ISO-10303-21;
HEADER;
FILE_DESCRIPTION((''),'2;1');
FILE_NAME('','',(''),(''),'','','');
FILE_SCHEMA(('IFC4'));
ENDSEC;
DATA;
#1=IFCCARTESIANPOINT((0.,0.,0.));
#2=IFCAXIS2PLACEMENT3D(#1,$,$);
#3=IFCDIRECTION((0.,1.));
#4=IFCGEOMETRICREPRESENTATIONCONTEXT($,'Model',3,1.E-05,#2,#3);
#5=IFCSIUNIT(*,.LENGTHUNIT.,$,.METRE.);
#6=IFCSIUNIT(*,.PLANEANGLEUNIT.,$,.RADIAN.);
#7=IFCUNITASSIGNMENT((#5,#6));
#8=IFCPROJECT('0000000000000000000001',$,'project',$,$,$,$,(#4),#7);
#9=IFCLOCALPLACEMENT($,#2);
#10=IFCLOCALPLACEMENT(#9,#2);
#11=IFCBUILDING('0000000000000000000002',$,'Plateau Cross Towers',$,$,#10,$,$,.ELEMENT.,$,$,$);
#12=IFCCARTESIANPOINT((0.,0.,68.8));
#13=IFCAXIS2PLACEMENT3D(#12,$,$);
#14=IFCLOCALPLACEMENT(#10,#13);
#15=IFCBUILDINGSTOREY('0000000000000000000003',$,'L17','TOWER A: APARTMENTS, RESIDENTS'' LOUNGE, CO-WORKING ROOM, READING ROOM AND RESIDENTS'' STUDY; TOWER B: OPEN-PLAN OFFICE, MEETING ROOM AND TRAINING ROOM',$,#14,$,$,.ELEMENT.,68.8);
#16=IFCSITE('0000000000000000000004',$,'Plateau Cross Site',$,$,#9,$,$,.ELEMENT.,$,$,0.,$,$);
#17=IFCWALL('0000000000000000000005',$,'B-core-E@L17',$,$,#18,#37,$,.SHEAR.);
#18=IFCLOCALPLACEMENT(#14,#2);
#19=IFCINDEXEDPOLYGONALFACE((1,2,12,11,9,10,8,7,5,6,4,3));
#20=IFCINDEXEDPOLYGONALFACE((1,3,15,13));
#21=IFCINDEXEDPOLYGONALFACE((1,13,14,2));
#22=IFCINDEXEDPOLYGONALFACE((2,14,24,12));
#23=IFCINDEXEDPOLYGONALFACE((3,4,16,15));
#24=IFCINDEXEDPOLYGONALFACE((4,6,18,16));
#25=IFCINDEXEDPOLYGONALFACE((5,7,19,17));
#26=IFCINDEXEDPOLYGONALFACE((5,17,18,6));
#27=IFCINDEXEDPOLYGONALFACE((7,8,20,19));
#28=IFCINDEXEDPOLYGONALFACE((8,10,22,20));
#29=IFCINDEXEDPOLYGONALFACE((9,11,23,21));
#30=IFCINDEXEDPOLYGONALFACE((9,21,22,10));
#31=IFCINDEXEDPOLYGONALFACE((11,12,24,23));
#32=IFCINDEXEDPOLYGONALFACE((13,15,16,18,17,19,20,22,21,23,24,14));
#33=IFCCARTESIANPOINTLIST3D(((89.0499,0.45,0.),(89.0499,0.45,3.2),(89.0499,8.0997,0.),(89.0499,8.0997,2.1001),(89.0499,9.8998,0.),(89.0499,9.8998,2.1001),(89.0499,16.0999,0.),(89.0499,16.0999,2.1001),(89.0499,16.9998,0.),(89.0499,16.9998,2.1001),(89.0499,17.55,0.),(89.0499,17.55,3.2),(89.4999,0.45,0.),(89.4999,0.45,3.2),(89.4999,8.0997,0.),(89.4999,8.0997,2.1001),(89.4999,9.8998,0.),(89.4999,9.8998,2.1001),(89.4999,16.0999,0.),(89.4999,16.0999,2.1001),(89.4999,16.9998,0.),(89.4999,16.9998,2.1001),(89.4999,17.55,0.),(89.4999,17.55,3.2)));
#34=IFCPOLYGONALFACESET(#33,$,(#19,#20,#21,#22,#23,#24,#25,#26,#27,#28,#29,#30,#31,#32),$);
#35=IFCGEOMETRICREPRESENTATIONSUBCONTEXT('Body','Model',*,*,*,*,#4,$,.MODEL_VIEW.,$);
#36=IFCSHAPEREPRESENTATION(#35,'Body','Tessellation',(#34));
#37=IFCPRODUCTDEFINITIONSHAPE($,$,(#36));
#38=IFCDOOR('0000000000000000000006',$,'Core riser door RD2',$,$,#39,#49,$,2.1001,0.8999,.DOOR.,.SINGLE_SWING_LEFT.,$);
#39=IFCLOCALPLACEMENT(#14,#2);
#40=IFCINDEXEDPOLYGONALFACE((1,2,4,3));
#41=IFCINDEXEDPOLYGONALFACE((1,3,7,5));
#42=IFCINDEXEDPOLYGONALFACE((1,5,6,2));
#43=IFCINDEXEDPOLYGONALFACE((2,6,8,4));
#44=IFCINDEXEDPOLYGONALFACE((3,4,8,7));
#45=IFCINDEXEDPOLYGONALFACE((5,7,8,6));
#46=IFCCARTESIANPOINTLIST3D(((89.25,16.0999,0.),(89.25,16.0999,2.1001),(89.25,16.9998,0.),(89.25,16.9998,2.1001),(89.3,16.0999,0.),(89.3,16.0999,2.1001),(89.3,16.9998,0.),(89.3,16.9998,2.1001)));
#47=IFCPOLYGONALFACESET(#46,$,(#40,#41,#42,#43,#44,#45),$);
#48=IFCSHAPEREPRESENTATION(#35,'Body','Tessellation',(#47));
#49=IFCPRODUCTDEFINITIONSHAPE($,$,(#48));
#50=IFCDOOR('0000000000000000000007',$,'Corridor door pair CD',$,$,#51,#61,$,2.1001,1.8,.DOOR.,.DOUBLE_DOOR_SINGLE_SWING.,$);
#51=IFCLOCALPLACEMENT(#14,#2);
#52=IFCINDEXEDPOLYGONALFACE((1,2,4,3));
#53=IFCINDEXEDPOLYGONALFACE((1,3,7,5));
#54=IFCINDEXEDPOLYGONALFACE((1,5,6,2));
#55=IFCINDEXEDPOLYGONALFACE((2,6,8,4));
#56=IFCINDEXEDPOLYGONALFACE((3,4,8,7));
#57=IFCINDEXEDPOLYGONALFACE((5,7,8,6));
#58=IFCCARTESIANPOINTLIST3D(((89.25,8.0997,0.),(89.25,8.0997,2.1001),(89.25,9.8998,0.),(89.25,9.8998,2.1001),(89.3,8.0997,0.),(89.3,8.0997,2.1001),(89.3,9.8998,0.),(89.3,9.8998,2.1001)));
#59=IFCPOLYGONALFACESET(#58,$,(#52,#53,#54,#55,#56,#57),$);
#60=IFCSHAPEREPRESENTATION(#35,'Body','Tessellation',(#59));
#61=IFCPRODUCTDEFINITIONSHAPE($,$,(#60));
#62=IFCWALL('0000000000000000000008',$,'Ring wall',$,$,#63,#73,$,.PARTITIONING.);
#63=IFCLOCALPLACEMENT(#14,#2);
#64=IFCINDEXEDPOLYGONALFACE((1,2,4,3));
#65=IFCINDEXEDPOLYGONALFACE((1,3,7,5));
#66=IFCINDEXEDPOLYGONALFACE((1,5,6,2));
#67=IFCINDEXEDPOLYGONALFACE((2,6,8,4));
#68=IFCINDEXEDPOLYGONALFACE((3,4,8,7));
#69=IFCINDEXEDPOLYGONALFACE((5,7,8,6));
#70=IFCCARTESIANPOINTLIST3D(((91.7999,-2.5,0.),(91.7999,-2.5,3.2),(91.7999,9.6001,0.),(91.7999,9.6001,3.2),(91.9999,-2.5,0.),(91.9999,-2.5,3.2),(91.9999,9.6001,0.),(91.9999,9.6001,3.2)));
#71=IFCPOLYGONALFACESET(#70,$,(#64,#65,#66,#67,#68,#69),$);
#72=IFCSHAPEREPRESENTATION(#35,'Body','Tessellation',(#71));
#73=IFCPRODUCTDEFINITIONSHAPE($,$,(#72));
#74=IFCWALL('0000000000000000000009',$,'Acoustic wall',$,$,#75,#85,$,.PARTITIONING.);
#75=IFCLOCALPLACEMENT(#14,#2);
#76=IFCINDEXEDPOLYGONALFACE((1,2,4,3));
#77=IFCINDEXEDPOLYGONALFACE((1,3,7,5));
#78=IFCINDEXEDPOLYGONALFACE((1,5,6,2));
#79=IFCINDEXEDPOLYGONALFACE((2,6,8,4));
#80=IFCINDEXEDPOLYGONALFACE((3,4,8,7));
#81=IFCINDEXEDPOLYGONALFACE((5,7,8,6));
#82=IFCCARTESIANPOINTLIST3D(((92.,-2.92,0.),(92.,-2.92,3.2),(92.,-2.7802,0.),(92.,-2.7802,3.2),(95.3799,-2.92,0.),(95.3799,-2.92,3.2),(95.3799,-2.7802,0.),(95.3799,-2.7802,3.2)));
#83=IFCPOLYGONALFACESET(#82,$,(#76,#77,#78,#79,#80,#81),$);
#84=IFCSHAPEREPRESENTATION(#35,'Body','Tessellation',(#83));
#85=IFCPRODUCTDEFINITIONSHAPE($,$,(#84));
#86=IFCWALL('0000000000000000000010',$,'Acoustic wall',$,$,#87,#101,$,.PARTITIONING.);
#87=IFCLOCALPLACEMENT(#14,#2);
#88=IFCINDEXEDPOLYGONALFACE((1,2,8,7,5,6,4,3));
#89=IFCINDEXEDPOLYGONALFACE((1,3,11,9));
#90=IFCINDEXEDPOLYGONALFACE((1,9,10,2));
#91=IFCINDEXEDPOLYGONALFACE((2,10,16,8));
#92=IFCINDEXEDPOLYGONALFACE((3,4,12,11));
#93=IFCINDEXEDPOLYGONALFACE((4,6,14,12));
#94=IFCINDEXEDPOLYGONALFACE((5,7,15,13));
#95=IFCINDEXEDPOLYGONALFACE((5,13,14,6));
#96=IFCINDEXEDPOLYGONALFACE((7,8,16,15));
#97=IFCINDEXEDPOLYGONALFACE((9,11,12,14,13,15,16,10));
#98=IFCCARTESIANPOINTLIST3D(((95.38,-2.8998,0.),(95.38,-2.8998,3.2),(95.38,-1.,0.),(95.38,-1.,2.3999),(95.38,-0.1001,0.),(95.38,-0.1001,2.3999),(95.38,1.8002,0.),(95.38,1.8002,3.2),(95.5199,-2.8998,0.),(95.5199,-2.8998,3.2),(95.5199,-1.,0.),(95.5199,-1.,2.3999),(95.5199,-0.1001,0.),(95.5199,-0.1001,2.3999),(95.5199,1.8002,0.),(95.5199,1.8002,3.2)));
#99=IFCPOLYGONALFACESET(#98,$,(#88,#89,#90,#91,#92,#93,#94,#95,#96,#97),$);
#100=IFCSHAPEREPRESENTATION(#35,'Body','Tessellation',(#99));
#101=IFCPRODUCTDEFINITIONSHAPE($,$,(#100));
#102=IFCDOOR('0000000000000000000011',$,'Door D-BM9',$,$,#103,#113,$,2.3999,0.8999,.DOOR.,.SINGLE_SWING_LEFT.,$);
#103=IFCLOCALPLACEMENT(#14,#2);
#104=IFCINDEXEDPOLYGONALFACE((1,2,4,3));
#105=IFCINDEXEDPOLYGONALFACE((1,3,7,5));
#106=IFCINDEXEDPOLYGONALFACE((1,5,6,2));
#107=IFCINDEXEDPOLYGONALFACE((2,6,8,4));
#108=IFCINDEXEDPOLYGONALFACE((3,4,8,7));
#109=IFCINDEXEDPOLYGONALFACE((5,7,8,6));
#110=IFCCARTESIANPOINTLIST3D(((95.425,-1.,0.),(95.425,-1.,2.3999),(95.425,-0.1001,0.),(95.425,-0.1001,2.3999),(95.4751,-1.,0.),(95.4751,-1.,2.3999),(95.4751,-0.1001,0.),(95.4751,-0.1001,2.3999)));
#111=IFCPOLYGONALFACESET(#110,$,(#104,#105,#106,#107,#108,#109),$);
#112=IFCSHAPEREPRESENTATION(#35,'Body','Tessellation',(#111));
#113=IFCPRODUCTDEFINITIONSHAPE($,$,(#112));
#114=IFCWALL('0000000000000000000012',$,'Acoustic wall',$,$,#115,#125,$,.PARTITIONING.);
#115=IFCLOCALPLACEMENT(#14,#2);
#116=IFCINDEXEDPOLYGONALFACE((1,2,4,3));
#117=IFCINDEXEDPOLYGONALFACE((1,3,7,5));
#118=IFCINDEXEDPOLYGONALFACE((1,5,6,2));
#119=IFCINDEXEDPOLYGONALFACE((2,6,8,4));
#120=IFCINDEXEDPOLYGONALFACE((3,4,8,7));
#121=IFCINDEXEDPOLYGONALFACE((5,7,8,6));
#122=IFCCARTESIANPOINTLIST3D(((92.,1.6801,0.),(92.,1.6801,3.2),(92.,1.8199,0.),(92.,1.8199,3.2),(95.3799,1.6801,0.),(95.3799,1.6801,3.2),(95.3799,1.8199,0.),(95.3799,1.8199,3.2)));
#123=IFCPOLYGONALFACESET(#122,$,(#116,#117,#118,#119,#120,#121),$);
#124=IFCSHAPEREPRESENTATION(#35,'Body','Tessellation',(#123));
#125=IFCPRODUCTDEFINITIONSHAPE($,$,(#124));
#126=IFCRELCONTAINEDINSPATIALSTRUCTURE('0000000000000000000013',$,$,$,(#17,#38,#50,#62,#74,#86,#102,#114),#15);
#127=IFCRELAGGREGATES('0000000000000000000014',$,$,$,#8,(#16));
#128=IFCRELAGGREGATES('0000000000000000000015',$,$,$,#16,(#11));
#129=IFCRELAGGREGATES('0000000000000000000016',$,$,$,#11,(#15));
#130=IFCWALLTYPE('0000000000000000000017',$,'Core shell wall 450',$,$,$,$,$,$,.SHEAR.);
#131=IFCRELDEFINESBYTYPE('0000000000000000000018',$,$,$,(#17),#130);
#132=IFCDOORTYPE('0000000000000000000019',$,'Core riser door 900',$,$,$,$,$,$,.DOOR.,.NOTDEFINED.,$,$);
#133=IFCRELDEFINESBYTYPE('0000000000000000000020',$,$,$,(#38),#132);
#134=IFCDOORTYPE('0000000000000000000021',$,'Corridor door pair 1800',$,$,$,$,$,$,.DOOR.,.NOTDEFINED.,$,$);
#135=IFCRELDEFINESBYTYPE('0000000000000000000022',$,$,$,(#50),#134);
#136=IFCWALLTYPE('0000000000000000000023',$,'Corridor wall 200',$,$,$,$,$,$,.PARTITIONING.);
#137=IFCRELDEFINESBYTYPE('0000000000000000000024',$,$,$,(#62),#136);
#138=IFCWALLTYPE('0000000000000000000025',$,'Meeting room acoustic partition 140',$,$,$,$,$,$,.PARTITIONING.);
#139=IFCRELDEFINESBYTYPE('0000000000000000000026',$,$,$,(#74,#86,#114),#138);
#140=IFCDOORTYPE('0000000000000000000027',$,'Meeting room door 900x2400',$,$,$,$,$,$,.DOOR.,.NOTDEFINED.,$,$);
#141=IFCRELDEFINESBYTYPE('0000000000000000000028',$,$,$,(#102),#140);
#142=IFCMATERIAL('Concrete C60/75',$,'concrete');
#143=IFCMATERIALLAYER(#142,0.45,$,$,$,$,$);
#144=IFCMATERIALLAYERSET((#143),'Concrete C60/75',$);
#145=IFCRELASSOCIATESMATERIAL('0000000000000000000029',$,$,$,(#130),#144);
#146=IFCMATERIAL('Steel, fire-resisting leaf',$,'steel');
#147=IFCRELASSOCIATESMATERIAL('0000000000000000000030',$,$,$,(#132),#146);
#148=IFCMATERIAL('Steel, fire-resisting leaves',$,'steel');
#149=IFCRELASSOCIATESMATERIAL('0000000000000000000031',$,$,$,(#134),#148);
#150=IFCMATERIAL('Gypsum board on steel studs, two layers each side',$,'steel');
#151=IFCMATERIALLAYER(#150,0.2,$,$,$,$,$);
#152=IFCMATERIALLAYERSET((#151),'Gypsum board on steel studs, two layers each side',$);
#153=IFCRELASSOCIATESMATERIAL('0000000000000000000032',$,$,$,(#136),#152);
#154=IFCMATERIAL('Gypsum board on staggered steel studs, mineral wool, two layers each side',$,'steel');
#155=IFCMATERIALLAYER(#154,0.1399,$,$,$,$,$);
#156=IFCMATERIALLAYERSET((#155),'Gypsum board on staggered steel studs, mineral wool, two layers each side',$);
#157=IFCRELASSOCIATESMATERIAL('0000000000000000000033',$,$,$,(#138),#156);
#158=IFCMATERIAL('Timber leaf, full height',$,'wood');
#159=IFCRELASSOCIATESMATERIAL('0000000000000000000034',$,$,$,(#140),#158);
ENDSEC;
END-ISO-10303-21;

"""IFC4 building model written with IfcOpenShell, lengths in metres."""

from ifc_helpers import new_model, si_unit, direction, frame, frame_2d, origin, place, context, subcontext, project, spatial, rectangle, extrude, material, layer, layer_set, type_object, element, fill, save


model = new_model("IFC4")

# Units and contexts
model_context = context("Model", 3, precision=1e-05, world=origin(), true_north=direction((0.0, 1.0)))
body_context = subcontext(model_context, "Body", "Model", "MODEL_VIEW")
ifc_project = project(units=[si_unit("LENGTHUNIT", "METRE"), si_unit("PLANEANGLEUNIT", "RADIAN")], contexts=[model_context])

# Site, building, storey
site_placement = place(None, origin())
site = spatial("IfcSite", under=ifc_project, at=site_placement, Name="Plateau Cross Site", CompositionType="ELEMENT", RefElevation=0.0)
building_placement = place(site_placement, origin())
building = spatial("IfcBuilding", under=site, at=building_placement, Name="Plateau Cross Towers", CompositionType="ELEMENT")
storey_placement = place(building_placement, frame((0.0, 0.0, 68.8)))
storey = spatial("IfcBuildingStorey", under=building, at=storey_placement, Name="L17", Description="TOWER A: APARTMENTS, RESIDENTS' LOUNGE, CO-WORKING ROOM, READING ROOM AND RESIDENTS' STUDY; TOWER B: OPEN-PLAN OFFICE, MEETING ROOM AND TRAINING ROOM", CompositionType="ELEMENT", Elevation=68.8)

# Shared definitions
ifc_material_1 = material(Name="Concrete C60/75", Category="concrete")

# Shared definitions
ifc_material_2 = material(Name="Steel, fire-resisting leaf", Category="steel")

# Wall, openings, doors
ifc_layer_1 = layer(ifc_material_1, 0.45)
ifc_layer_set_1 = layer_set([ifc_layer_1], Name="Concrete C60/75")
wall_type_1 = type_object("IfcWallType", Name="Core shell wall 450", PredefinedType="SHEAR", material=ifc_layer_set_1)
wall_1_placement = place(storey_placement, frame((89.2749, 0.45, 0.0), z_axis=(0.0, 0.0, 1.0), x_axis=(0.0, 1.0, 0.0)))
wall_1 = element("IfcWall", 1, at=wall_1_placement, inside=storey, type_object=wall_type_1, Name="B-core-E@L17", PredefinedType="SHEAR", context=body_context, shape_type="SweptSolid", body=[
    extrude(rectangle(XDim=17.1001, YDim=0.45, at=frame_2d((8.55, 0.0))), origin(), (0.0, 0.0, 1.0), 3.2),
])
opening_1_placement = place(wall_1_placement, frame((7.6499, 0.0, 0.0)))
opening_1 = element("IfcOpeningElement", 2, at=opening_1_placement, cuts=wall_1, PredefinedType="OPENING", context=body_context, shape_type="SweptSolid", body=[
    extrude(rectangle(XDim=1.8, YDim=2.1001, at=frame_2d((0.8999, 1.05))), frame((0.0, 0.2349, 0.0), z_axis=(0.0, -1.0, 0.0), x_axis=(1.0, 0.0, 0.0)), (0.0, 0.0, 1.0), 0.47),
])
opening_2_placement = place(wall_1_placement, frame((15.6499, 0.0, 0.0)))
opening_2 = element("IfcOpeningElement", 3, at=opening_2_placement, cuts=wall_1, PredefinedType="OPENING", context=body_context, shape_type="SweptSolid", body=[
    extrude(rectangle(XDim=0.8999, YDim=2.1001, at=frame_2d((0.45, 1.05))), frame((0.0, 0.2349, 0.0), z_axis=(0.0, -1.0, 0.0), x_axis=(1.0, 0.0, 0.0)), (0.0, 0.0, 1.0), 0.47),
])
door_type_1 = type_object("IfcDoorType", Name="Core riser door 900", OperationType="NOTDEFINED", PredefinedType="DOOR", material=ifc_material_2)
door_1_placement = place(opening_2_placement, origin())
door_1 = element("IfcDoor", 4, at=door_1_placement, inside=storey, type_object=door_type_1, Name="Core riser door RD2", OperationType="SINGLE_SWING_LEFT", OverallHeight=2.1001, OverallWidth=0.8999, PredefinedType="DOOR", context=body_context, shape_type="SweptSolid", body=[
    extrude(rectangle(XDim=0.8999, YDim=2.1001, at=frame_2d((0.45, 1.05))), frame((0.0, 0.0249, 0.0), z_axis=(0.0, -1.0, 0.0), x_axis=(1.0, 0.0, 0.0)), (0.0, 0.0, 1.0), 0.05),
])
fill(opening_2, door_1)
ifc_material_3 = material(Name="Steel, fire-resisting leaves", Category="steel")
door_type_2 = type_object("IfcDoorType", Name="Corridor door pair 1800", OperationType="NOTDEFINED", PredefinedType="DOOR", material=ifc_material_3)
door_2_placement = place(opening_1_placement, origin())
door_2 = element("IfcDoor", 5, at=door_2_placement, inside=storey, type_object=door_type_2, Name="Corridor door pair CD", OperationType="DOUBLE_DOOR_SINGLE_SWING", OverallHeight=2.1001, OverallWidth=1.8, PredefinedType="DOOR", context=body_context, shape_type="SweptSolid", body=[
    extrude(rectangle(XDim=1.8, YDim=2.1001, at=frame_2d((0.8999, 1.05))), frame((0.0, 0.0249, 0.0), z_axis=(0.0, -1.0, 0.0), x_axis=(1.0, 0.0, 0.0)), (0.0, 0.0, 1.0), 0.05),
])
fill(opening_1, door_2)

# Wall
ifc_material_4 = material(Name="Gypsum board on steel studs, two layers each side", Category="steel")
ifc_layer_2 = layer(ifc_material_4, 0.2)
ifc_layer_set_2 = layer_set([ifc_layer_2], Name="Gypsum board on steel studs, two layers each side")
wall_type_2 = type_object("IfcWallType", Name="Corridor wall 200", PredefinedType="PARTITIONING", material=ifc_layer_set_2)
wall_2_placement = place(storey_placement, frame((91.8999, -2.5, 0.0), z_axis=(0.0, 0.0, 1.0), x_axis=(0.0, 1.0, 0.0)))
element("IfcWall", 6, at=wall_2_placement, inside=storey, type_object=wall_type_2, Name="Ring wall", PredefinedType="PARTITIONING", context=body_context, shape_type="SweptSolid", body=[
    extrude(rectangle(XDim=12.1001, YDim=0.2, at=frame_2d((6.05, 0.0))), origin(), (0.0, 0.0, 1.0), 3.2),
])

# Shared definitions
ifc_material_5 = material(Name="Gypsum board on staggered steel studs, mineral wool, two layers each side", Category="steel")
ifc_layer_3 = layer(ifc_material_5, 0.1399)
ifc_layer_set_3 = layer_set([ifc_layer_3], Name="Gypsum board on staggered steel studs, mineral wool, two layers each side")
wall_type_3 = type_object("IfcWallType", Name="Meeting room acoustic partition 140", PredefinedType="PARTITIONING", material=ifc_layer_set_3)
ifc_material_6 = material(Name="Timber leaf, full height", Category="wood")
door_type_3 = type_object("IfcDoorType", Name="Meeting room door 900x2400", OperationType="NOTDEFINED", PredefinedType="DOOR", material=ifc_material_6)

# Wall
wall_3_placement = place(storey_placement, frame((92.0, -2.8501, 0.0), z_axis=(0.0, 0.0, 1.0), x_axis=(1.0, 0.0, 0.0)))
element("IfcWall", 7, at=wall_3_placement, inside=storey, type_object=wall_type_3, Name="Acoustic wall", PredefinedType="PARTITIONING", context=body_context, shape_type="SweptSolid", body=[
    extrude(rectangle(XDim=3.3799, YDim=0.1399, at=frame_2d((1.6899, 0.0))), origin(), (0.0, 0.0, 1.0), 3.2),
])

# Wall, opening, door
wall_4_placement = place(storey_placement, frame((95.45, -2.8999, 0.0), z_axis=(0.0, 0.0, 1.0), x_axis=(0.0, 1.0, 0.0)))
wall_4 = element("IfcWall", 8, at=wall_4_placement, inside=storey, type_object=wall_type_3, Name="Acoustic wall", PredefinedType="PARTITIONING", context=body_context, shape_type="SweptSolid", body=[
    extrude(rectangle(XDim=4.7, YDim=0.1399, at=frame_2d((2.3501, 0.0))), origin(), (0.0, 0.0, 1.0), 3.2),
])
opening_3_placement = place(wall_4_placement, frame((1.8999, 0.0, 0.0)))
opening_3 = element("IfcOpeningElement", 9, at=opening_3_placement, cuts=wall_4, PredefinedType="OPENING", context=body_context, shape_type="SweptSolid", body=[
    extrude(rectangle(XDim=0.8999, YDim=2.3999, at=frame_2d((0.45, 1.2))), frame((0.0, 0.0798, 0.0), z_axis=(0.0, -1.0, 0.0), x_axis=(1.0, 0.0, 0.0)), (0.0, 0.0, 1.0), 0.1599),
])
door_3_placement = place(opening_3_placement, origin())
door_3 = element("IfcDoor", 10, at=door_3_placement, inside=storey, type_object=door_type_3, Name="Door D-BM9", OperationType="SINGLE_SWING_LEFT", OverallHeight=2.3999, OverallWidth=0.8999, PredefinedType="DOOR", context=body_context, shape_type="SweptSolid", body=[
    extrude(rectangle(XDim=0.8999, YDim=2.3999, at=frame_2d((0.45, 1.2))), frame((0.0, 0.0249, 0.0), z_axis=(0.0, -1.0, 0.0), x_axis=(1.0, 0.0, 0.0)), (0.0, 0.0, 1.0), 0.05),
])
fill(opening_3, door_3)

# Wall
wall_5_placement = place(storey_placement, frame((92.0, 1.75, 0.0), z_axis=(0.0, 0.0, 1.0), x_axis=(1.0, 0.0, 0.0)))
element("IfcWall", 11, at=wall_5_placement, inside=storey, type_object=wall_type_3, Name="Acoustic wall", PredefinedType="PARTITIONING", context=body_context, shape_type="SweptSolid", body=[
    extrude(rectangle(XDim=3.3799, YDim=0.1399, at=frame_2d((1.6899, 0.0))), origin(), (0.0, 0.0, 1.0), 3.2),
])

save(model, "model.ifc")
